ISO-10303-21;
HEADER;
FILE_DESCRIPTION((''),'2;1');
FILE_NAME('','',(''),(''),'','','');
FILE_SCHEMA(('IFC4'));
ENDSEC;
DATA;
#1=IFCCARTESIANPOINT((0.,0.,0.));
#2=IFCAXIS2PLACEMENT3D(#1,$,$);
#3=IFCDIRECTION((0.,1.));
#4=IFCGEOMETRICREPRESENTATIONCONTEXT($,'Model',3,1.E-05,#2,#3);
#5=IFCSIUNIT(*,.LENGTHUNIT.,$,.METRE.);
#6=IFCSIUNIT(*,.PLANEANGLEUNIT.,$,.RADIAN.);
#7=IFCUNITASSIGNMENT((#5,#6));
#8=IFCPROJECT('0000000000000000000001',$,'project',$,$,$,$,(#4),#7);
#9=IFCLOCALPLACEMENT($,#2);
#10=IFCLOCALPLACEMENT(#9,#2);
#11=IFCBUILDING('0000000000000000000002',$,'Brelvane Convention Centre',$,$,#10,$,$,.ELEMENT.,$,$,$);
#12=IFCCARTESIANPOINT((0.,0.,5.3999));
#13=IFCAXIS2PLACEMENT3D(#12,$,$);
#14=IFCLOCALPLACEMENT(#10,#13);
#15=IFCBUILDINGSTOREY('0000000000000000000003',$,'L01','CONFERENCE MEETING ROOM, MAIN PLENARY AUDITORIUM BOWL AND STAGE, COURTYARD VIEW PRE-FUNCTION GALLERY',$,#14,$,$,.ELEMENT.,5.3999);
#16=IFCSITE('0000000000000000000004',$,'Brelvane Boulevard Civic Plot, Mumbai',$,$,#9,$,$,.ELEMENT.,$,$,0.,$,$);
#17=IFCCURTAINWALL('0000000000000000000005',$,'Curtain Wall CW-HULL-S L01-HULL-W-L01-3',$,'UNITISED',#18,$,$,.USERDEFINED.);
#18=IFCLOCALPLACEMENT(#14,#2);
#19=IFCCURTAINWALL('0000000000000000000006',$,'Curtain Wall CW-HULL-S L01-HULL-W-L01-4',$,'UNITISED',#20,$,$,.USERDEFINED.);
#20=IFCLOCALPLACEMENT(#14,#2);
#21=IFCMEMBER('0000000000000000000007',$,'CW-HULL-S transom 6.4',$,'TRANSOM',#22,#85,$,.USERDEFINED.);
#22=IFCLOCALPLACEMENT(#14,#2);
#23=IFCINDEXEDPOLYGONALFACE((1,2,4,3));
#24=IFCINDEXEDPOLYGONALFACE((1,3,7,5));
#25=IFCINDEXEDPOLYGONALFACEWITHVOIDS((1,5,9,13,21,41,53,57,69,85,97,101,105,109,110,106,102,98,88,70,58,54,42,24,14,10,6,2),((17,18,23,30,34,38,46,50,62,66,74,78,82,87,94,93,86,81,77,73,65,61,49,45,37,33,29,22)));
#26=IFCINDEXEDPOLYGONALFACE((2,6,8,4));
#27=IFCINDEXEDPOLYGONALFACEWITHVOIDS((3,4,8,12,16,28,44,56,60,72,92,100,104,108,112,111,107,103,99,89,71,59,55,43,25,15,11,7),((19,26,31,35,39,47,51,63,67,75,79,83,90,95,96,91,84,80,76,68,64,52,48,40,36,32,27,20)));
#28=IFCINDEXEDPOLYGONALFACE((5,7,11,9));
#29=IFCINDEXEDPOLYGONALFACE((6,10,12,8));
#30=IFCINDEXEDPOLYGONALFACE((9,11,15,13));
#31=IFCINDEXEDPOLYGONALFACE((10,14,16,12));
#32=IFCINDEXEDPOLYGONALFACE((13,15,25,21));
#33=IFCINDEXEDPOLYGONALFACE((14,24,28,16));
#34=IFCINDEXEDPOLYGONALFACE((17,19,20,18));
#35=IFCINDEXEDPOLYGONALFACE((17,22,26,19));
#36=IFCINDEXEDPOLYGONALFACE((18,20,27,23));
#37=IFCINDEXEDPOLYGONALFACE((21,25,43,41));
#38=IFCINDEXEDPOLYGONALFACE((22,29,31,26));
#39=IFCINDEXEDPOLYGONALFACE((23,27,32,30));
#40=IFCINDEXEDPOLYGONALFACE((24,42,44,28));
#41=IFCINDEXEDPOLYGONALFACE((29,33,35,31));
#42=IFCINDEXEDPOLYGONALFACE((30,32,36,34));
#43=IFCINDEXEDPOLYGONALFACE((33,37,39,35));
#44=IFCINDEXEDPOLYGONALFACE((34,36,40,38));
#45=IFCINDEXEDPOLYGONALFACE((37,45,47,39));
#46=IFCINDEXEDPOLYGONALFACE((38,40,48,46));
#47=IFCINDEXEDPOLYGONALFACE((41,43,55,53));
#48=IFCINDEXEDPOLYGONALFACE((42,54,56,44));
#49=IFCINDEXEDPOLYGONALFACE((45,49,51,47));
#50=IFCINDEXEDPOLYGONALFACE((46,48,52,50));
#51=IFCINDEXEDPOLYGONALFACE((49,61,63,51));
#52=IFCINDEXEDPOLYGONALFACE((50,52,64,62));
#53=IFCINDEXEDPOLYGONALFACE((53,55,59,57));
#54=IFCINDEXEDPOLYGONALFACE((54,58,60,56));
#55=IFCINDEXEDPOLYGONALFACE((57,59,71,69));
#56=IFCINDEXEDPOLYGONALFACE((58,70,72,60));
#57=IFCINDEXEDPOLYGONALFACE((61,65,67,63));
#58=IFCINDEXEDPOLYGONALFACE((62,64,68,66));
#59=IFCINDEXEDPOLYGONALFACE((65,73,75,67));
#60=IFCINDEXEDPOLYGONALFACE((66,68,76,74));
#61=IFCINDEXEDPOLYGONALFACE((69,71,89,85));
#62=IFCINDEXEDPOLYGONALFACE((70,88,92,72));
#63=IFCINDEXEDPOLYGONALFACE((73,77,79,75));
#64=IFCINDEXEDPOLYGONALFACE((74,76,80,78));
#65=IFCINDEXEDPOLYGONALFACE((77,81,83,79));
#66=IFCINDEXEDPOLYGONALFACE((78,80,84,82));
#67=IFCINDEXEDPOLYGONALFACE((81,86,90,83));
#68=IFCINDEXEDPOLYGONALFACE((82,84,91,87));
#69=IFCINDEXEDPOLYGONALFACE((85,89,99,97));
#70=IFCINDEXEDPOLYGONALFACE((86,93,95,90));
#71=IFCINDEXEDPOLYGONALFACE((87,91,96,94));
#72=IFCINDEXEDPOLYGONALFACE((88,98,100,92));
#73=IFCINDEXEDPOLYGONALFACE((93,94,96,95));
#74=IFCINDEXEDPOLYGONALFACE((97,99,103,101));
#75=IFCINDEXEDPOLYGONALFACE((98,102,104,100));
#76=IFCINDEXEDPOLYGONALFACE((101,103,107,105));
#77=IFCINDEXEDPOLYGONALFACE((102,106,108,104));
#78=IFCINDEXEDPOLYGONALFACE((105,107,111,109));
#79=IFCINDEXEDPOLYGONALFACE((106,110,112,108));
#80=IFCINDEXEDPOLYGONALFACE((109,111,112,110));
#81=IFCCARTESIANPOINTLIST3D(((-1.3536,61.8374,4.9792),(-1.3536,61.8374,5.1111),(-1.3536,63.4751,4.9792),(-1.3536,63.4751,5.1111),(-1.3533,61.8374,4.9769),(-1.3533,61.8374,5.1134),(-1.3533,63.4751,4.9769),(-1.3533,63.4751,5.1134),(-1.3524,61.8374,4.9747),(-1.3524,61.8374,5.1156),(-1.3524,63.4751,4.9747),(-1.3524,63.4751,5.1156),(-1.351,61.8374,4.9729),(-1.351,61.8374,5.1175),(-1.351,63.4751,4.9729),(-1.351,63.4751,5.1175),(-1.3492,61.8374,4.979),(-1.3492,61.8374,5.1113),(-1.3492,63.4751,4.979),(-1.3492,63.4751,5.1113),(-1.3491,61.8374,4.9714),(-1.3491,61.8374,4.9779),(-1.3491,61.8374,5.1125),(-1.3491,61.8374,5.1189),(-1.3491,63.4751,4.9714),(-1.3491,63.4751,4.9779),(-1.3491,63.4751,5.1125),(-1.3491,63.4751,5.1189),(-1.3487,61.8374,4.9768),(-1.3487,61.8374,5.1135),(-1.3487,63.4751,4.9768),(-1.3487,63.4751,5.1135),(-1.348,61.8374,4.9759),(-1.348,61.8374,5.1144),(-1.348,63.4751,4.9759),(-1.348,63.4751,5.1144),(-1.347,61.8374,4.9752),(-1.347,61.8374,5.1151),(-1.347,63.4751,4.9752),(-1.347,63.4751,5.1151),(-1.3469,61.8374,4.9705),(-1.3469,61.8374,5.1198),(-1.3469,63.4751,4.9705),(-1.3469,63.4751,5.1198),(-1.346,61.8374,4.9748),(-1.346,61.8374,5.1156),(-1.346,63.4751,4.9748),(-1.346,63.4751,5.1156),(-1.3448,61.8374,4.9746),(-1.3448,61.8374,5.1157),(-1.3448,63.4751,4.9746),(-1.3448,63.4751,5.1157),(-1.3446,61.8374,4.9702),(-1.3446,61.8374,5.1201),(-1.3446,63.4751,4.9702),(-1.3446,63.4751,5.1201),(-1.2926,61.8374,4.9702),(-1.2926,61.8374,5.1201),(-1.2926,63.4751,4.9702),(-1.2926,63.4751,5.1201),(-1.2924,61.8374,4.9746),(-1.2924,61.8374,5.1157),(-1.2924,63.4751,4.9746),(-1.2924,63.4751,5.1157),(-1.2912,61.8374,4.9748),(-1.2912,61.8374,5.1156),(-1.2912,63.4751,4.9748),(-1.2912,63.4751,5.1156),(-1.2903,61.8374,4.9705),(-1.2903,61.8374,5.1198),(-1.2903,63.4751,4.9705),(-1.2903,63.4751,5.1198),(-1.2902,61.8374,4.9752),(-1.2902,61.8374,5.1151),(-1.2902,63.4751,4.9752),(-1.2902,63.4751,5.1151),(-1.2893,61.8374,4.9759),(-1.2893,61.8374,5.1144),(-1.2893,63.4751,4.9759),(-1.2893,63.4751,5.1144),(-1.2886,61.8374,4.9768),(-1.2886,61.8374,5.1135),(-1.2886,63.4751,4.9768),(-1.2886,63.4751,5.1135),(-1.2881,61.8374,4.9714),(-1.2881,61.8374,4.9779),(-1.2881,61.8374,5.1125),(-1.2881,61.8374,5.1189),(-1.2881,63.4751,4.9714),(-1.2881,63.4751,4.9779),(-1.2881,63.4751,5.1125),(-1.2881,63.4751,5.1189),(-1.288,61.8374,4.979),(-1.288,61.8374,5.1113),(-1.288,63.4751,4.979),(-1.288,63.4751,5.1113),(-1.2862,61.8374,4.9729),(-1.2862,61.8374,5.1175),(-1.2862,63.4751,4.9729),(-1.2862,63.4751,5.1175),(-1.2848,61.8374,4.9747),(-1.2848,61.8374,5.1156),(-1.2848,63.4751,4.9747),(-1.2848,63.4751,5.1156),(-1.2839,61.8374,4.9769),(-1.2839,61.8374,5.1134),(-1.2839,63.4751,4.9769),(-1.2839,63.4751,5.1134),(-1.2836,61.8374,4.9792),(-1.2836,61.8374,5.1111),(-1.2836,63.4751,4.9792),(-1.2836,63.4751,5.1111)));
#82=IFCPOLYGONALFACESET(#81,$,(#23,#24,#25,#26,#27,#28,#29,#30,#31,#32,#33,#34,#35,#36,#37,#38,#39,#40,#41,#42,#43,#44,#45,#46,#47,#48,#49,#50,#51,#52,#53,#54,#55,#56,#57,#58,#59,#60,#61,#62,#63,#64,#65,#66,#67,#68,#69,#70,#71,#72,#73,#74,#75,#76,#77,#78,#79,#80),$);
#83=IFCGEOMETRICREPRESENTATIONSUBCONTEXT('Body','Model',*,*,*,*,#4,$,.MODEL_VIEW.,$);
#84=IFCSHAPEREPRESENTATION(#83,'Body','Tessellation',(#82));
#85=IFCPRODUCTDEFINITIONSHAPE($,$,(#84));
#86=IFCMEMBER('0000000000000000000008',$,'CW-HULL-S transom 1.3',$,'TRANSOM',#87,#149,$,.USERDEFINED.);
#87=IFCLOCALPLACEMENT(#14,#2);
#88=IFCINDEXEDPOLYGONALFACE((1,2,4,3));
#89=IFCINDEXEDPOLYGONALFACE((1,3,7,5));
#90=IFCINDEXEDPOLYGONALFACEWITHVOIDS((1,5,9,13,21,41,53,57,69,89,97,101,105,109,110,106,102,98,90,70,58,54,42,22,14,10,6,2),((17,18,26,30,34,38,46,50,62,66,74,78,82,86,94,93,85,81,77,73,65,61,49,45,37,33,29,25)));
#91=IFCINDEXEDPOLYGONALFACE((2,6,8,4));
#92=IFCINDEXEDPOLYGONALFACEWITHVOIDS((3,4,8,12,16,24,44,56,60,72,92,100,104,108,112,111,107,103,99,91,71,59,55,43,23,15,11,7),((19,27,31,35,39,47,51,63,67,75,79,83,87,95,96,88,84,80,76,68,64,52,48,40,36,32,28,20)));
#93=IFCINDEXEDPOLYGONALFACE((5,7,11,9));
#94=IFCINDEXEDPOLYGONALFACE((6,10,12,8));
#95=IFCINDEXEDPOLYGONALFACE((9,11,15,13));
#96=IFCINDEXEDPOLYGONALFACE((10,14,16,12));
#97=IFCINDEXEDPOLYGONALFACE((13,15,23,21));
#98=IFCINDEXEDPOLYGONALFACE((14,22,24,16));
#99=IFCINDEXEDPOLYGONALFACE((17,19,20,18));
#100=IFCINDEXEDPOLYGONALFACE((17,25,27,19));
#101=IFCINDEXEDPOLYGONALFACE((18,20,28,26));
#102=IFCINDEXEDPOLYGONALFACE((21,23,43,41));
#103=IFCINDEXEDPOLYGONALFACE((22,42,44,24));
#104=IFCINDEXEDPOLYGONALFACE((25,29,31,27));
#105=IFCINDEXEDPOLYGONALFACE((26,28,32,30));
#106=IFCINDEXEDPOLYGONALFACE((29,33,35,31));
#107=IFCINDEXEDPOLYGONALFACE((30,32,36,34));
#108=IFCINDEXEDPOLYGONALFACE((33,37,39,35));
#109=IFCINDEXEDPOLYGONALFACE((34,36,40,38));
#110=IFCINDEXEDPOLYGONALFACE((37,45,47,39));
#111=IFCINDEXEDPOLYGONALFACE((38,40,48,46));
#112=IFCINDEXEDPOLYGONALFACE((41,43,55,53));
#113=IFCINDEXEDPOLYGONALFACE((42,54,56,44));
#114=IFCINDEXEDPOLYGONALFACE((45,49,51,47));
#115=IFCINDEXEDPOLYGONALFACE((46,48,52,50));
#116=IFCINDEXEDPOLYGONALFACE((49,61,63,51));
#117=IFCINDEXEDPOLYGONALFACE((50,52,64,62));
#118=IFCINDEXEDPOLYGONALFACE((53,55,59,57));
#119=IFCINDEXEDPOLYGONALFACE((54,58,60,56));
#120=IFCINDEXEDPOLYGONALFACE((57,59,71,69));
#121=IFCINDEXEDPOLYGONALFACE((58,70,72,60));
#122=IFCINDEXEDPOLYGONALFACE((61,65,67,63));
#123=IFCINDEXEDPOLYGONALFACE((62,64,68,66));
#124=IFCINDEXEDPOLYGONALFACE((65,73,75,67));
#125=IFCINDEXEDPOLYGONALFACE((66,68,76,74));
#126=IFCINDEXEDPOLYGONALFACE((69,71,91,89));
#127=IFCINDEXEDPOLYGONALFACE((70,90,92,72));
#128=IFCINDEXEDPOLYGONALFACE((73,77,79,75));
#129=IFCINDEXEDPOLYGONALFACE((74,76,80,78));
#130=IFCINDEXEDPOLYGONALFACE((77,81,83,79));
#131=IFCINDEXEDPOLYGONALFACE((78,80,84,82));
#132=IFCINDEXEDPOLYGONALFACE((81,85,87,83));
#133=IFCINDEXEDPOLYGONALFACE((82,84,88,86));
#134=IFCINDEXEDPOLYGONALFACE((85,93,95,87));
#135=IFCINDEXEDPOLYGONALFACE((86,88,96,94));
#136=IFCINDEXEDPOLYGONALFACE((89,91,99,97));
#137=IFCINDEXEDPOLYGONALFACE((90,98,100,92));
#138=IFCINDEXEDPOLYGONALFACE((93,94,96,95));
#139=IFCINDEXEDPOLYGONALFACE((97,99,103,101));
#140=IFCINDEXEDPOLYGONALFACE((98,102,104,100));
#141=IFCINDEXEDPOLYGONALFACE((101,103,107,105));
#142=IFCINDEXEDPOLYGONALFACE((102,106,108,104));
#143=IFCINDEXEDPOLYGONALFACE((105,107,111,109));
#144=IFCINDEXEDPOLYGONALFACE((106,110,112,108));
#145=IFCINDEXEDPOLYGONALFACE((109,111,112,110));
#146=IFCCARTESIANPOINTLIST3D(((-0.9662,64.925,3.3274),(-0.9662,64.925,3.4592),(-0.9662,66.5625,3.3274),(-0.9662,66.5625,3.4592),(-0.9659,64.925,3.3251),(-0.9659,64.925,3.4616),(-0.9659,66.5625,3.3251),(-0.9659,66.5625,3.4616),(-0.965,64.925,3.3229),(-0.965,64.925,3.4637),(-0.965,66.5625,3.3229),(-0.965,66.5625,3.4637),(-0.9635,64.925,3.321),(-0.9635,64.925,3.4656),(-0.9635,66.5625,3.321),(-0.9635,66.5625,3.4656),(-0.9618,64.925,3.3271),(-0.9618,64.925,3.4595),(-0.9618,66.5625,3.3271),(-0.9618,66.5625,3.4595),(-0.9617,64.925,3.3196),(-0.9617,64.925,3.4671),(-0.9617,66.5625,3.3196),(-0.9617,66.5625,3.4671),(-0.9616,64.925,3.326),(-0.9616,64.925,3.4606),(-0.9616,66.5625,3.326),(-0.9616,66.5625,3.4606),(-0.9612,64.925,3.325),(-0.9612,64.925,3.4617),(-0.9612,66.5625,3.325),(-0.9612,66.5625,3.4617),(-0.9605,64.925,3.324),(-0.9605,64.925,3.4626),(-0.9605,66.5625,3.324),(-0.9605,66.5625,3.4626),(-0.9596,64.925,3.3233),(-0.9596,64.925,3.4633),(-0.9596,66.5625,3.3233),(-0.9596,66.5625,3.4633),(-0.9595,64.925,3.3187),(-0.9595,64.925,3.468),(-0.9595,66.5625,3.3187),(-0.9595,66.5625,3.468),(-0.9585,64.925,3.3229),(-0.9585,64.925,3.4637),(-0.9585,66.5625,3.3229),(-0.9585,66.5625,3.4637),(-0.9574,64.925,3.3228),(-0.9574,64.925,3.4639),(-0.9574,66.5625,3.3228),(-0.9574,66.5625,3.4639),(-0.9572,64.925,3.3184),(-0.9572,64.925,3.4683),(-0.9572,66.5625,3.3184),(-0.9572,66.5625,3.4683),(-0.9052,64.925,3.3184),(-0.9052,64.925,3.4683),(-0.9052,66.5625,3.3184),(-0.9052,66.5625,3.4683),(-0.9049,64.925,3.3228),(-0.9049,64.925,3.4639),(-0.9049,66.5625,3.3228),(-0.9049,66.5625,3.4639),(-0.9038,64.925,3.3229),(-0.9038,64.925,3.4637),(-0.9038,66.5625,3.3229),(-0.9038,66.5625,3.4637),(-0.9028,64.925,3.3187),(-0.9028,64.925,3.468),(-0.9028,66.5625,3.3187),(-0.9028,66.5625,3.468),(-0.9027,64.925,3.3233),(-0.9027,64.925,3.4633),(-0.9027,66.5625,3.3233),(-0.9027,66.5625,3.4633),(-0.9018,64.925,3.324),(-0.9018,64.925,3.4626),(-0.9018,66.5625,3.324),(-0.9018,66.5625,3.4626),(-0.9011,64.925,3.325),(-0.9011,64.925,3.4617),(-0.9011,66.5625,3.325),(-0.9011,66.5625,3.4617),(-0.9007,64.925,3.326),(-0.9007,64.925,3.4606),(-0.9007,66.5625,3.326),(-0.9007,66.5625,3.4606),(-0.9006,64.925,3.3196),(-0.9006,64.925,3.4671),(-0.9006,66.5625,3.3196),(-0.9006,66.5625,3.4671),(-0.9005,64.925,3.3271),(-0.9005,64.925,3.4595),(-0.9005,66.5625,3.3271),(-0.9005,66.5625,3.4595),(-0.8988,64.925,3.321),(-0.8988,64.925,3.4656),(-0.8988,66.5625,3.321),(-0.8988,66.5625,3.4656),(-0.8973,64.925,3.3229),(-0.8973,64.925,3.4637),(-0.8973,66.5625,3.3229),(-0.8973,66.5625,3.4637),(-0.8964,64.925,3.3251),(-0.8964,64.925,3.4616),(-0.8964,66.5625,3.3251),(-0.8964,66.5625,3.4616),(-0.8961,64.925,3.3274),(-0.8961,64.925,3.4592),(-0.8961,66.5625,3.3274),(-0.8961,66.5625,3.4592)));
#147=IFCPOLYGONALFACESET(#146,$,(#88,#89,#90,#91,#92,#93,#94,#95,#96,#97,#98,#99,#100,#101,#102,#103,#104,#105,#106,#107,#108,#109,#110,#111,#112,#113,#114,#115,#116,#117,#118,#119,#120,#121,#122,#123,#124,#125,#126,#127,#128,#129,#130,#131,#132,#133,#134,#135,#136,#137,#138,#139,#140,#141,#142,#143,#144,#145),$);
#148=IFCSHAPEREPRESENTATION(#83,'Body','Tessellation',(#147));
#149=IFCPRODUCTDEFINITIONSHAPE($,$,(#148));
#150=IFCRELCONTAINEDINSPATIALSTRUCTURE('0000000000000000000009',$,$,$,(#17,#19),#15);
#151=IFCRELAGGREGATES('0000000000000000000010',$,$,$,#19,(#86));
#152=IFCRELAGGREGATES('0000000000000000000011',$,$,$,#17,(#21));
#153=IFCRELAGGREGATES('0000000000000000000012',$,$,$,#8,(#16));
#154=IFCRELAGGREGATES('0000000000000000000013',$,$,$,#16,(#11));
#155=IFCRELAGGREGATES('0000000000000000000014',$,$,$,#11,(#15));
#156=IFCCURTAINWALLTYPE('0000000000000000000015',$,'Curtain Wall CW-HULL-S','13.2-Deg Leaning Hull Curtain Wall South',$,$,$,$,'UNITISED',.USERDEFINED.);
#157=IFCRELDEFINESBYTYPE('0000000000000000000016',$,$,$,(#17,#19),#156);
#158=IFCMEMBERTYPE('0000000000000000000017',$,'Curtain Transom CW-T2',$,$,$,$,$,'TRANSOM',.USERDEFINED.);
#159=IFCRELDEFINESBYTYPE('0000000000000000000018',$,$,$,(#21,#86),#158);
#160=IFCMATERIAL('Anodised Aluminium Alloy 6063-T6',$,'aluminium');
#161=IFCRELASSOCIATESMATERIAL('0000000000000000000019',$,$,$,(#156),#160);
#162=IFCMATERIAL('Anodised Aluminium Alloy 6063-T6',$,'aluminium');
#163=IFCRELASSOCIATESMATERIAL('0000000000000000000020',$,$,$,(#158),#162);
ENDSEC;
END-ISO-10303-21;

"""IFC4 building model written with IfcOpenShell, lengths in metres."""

from ifc_helpers import new_model, si_unit, direction, frame, origin, origin_2d, place, context, subcontext, project, spatial, hollow_rectangle, extrude, material, material_profile, profile_set, type_object, element, aggregate, save


model = new_model("IFC4")

# Units and contexts
model_context = context("Model", 3, precision=1e-05, world=origin(), true_north=direction((0.0, 1.0)))
body_context = subcontext(model_context, "Body", "Model", "MODEL_VIEW")
ifc_project = project(units=[si_unit("LENGTHUNIT", "METRE"), si_unit("PLANEANGLEUNIT", "RADIAN")], contexts=[model_context])

# Site, building, storey
site_placement = place(None, origin())
site = spatial("IfcSite", under=ifc_project, at=site_placement, Name="Brelvane Boulevard Civic Plot, Mumbai", CompositionType="ELEMENT", RefElevation=0.0)
building_placement = place(site_placement, origin())
building = spatial("IfcBuilding", under=site, at=building_placement, Name="Brelvane Convention Centre", CompositionType="ELEMENT")
storey_placement = place(building_placement, frame((0.0, 0.0, 5.3999)))
storey = spatial("IfcBuildingStorey", under=building, at=storey_placement, Name="L01", Description="CONFERENCE MEETING ROOM, MAIN PLENARY AUDITORIUM BOWL AND STAGE, COURTYARD VIEW PRE-FUNCTION GALLERY", CompositionType="ELEMENT", Elevation=5.3999)

# Curtain wall
ifc_material_1 = material(Name="Anodised Aluminium Alloy 6063-T6", Category="aluminium")
curtain_wall_type = type_object("IfcCurtainWallType", Name="Curtain Wall CW-HULL-S", Description="13.2-Deg Leaning Hull Curtain Wall South", ElementType="UNITISED", PredefinedType="USERDEFINED", material=ifc_material_1)
curtain_wall_1_placement = place(storey_placement, origin())
curtain_wall_1 = element("IfcCurtainWall", 1, at=curtain_wall_1_placement, inside=storey, type_object=curtain_wall_type, Name="Curtain Wall CW-HULL-S L01-HULL-W-L01-3", ObjectType="UNITISED", PredefinedType="USERDEFINED")

# Curtain wall
curtain_wall_2_placement = place(storey_placement, origin())
curtain_wall_2 = element("IfcCurtainWall", 2, at=curtain_wall_2_placement, inside=storey, type_object=curtain_wall_type, Name="Curtain Wall CW-HULL-S L01-HULL-W-L01-4", ObjectType="UNITISED", PredefinedType="USERDEFINED")

# Members
ifc_material_2 = material(Name="Anodised Aluminium Alloy 6063-T6", Category="aluminium")
ifc_material_profile_1 = material_profile(ifc_material_2, hollow_rectangle(XDim=0.0701, YDim=0.1499, WallThickness=0.0044, InnerFilletRadius=0.0044, OuterFilletRadius=0.009, at=origin_2d()), Name="ALU-T 150x70x4.5")
ifc_profile_set_1 = profile_set([ifc_material_profile_1], Name="Anodised Aluminium Alloy 6063-T6")
member_type_1 = type_object("IfcMemberType", Name="Curtain Transom CW-T2", ElementType="TRANSOM", PredefinedType="USERDEFINED", material=ifc_profile_set_1)
member_1_placement = place(storey_placement, frame((-1.3186, 61.8374, 5.0452), z_axis=(0.0, 1.0, 0.0), x_axis=(-1.0, 0.0, 0.0)))
member_1 = element("IfcMember", 3, at=member_1_placement, type_object=member_type_1, Name="CW-HULL-S transom 6.4", ObjectType="TRANSOM", PredefinedType="USERDEFINED", context=body_context, shape_type="SweptSolid", body=[
    extrude(hollow_rectangle(XDim=0.0701, YDim=0.1499, WallThickness=0.0044, InnerFilletRadius=0.0044, OuterFilletRadius=0.009, at=origin_2d()), origin(), (0.0, 0.0, 1.0), 1.6377),
])
member_2_placement = place(storey_placement, frame((-0.9312, 64.925, 3.3933), z_axis=(0.0, 1.0, 0.0), x_axis=(-1.0, 0.0, 0.0)))
member_2 = element("IfcMember", 4, at=member_2_placement, type_object=member_type_1, Name="CW-HULL-S transom 1.3", ObjectType="TRANSOM", PredefinedType="USERDEFINED", context=body_context, shape_type="SweptSolid", body=[
    extrude(hollow_rectangle(XDim=0.0701, YDim=0.1499, WallThickness=0.0044, InnerFilletRadius=0.0044, OuterFilletRadius=0.009, at=origin_2d()), origin(), (0.0, 0.0, 1.0), 1.6375),
])

aggregate(curtain_wall_2, [member_2])
aggregate(curtain_wall_1, [member_1])

save(model, "model.ifc")
